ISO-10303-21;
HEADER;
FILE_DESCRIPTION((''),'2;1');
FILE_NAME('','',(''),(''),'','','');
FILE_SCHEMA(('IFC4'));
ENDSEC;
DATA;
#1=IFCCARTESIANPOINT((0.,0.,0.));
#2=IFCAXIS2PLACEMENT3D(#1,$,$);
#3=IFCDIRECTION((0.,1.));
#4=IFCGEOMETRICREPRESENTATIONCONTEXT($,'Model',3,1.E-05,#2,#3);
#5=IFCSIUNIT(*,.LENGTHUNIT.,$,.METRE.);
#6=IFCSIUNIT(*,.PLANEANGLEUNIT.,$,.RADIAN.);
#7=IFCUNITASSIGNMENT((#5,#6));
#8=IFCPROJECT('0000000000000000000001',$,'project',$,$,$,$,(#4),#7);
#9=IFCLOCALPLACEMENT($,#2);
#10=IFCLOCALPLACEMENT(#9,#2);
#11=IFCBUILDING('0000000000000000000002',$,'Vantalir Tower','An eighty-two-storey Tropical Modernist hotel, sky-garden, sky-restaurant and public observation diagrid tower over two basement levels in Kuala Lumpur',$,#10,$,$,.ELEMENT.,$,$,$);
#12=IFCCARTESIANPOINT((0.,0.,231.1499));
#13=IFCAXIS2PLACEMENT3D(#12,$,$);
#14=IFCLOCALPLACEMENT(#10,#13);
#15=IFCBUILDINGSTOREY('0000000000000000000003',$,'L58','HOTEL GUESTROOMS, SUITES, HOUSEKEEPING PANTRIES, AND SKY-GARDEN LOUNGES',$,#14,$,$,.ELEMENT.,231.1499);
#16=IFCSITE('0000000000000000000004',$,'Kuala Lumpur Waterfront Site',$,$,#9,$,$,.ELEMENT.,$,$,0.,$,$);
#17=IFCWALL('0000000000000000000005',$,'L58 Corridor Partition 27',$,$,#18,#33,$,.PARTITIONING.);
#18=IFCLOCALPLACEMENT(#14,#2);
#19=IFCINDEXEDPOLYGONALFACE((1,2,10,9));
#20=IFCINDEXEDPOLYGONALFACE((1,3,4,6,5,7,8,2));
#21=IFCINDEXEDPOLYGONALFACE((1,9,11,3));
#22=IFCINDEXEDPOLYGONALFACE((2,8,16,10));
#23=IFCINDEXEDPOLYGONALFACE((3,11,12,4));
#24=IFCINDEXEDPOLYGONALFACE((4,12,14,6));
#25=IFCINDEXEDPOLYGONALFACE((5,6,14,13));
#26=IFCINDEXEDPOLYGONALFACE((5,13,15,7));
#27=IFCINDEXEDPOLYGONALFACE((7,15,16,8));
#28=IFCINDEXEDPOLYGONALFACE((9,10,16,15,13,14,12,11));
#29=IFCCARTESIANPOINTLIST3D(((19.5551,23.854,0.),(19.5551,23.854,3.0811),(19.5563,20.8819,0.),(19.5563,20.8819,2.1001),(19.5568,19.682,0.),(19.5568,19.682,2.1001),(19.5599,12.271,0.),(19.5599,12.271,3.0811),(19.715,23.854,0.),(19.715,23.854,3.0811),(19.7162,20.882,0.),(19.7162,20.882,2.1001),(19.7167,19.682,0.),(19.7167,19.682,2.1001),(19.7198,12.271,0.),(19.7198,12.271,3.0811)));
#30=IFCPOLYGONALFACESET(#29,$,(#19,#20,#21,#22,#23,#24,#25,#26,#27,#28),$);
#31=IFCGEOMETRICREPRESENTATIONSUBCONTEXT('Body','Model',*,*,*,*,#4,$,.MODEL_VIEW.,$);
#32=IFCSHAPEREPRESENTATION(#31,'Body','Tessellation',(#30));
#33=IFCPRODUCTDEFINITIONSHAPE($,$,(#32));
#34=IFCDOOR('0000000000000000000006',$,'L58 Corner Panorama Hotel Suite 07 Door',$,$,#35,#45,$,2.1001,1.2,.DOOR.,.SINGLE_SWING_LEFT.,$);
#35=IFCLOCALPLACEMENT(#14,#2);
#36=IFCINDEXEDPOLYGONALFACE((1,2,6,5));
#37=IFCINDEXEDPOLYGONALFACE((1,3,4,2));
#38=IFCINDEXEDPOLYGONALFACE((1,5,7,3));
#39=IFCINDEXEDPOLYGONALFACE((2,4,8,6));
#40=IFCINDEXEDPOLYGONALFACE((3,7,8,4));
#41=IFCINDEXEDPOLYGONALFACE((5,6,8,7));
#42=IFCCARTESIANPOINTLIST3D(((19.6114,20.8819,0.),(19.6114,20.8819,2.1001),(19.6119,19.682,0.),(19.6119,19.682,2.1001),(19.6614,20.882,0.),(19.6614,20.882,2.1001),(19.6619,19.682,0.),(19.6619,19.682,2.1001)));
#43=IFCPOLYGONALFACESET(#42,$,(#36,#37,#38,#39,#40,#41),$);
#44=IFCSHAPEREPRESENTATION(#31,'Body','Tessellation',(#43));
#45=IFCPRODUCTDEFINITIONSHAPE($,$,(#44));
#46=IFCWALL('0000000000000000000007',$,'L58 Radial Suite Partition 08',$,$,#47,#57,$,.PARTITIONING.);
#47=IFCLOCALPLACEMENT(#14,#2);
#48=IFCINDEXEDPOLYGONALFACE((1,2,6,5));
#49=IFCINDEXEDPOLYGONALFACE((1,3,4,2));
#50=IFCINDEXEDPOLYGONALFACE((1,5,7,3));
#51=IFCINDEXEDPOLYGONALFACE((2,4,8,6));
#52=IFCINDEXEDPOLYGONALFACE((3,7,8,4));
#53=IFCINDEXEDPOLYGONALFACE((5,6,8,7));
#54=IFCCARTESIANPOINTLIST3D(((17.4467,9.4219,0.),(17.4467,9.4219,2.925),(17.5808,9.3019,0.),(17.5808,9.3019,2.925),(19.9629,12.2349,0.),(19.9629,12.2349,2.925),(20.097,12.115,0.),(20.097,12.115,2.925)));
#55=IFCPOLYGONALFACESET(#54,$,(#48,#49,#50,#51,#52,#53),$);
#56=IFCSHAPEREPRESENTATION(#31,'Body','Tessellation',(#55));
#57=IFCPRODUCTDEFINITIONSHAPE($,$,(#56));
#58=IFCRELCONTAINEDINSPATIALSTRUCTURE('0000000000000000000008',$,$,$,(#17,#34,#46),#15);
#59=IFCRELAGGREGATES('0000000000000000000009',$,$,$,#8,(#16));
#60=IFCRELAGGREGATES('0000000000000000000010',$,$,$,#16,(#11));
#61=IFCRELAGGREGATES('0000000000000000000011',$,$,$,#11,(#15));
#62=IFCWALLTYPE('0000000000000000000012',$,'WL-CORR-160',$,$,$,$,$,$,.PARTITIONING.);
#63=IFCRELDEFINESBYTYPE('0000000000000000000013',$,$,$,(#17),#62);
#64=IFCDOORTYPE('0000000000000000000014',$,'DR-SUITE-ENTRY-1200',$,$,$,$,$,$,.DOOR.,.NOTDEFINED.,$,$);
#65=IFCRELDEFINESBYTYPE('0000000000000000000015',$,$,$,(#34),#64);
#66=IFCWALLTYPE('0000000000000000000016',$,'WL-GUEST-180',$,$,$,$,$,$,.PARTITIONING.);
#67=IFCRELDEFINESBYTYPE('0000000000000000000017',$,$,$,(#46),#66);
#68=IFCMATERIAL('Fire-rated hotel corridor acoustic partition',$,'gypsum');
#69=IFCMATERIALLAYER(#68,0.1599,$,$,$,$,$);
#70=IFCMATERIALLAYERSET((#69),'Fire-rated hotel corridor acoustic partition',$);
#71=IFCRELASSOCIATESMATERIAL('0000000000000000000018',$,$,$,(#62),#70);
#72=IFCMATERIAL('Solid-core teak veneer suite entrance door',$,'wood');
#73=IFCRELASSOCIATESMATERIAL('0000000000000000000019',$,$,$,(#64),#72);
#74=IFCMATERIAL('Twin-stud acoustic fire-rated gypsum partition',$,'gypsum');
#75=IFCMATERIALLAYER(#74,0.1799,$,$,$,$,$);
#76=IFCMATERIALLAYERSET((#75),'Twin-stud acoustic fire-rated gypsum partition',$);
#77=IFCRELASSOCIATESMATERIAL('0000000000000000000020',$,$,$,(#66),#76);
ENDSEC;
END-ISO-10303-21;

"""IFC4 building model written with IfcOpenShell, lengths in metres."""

from ifc_helpers import new_model, si_unit, direction, frame, frame_2d, origin, place, context, subcontext, project, spatial, rectangle, extrude, material, layer, layer_set, type_object, element, fill, save


model = new_model("IFC4")

# Units and contexts
model_context = context("Model", 3, precision=1e-05, world=origin(), true_north=direction((0.0, 1.0)))
body_context = subcontext(model_context, "Body", "Model", "MODEL_VIEW")
ifc_project = project(units=[si_unit("LENGTHUNIT", "METRE"), si_unit("PLANEANGLEUNIT", "RADIAN")], contexts=[model_context])

# Site, building, storey
site_placement = place(None, origin())
site = spatial("IfcSite", under=ifc_project, at=site_placement, Name="Kuala Lumpur Waterfront Site", CompositionType="ELEMENT", RefElevation=0.0)
building_placement = place(site_placement, origin())
building = spatial("IfcBuilding", under=site, at=building_placement, Name="Vantalir Tower", Description="An eighty-two-storey Tropical Modernist hotel, sky-garden, sky-restaurant and public observation diagrid tower over two basement levels in Kuala Lumpur", CompositionType="ELEMENT")
storey_placement = place(building_placement, frame((0.0, 0.0, 231.1499)))
storey = spatial("IfcBuildingStorey", under=building, at=storey_placement, Name="L58", Description="HOTEL GUESTROOMS, SUITES, HOUSEKEEPING PANTRIES, AND SKY-GARDEN LOUNGES", CompositionType="ELEMENT", Elevation=231.1499)

# Shared definitions
ifc_material_1 = material(Name="Fire-rated hotel corridor acoustic partition", Category="gypsum")
ifc_layer_1 = layer(ifc_material_1, 0.1599)
ifc_layer_set_1 = layer_set([ifc_layer_1], Name="Fire-rated hotel corridor acoustic partition")
wall_type_1 = type_object("IfcWallType", Name="WL-CORR-160", PredefinedType="PARTITIONING", material=ifc_layer_set_1)

# Wall, opening, door
wall_1_placement = place(storey_placement, frame((19.6399, 12.271, 0.0), z_axis=(0.0, 0.0, 1.0), x_axis=(-0.000422, 1.0, 0.0)))
wall_1 = element("IfcWall", 1, at=wall_1_placement, inside=storey, type_object=wall_type_1, Name="L58 Corridor Partition 27", PredefinedType="PARTITIONING", context=body_context, shape_type="SweptSolid", body=[
    extrude(rectangle(XDim=11.583, YDim=0.1599, at=frame_2d((5.7915, 0.0))), origin(), (0.0, 0.0, 1.0), 3.0811),
])
opening_1_placement = place(wall_1_placement, frame((7.4109, 0.0, 0.0)))
opening_1 = element("IfcOpeningElement", 2, at=opening_1_placement, cuts=wall_1, PredefinedType="OPENING", context=body_context, shape_type="SweptSolid", body=[
    extrude(rectangle(XDim=1.2, YDim=2.1001, at=frame_2d((0.6001, 1.05))), frame((0.0, 0.0898, 0.0), z_axis=(0.0, -1.0, 0.0), x_axis=(1.0, 0.0, 0.0)), (0.0, 0.0, 1.0), 0.1799),
])
ifc_material_2 = material(Name="Solid-core teak veneer suite entrance door", Category="wood")
door_type_1 = type_object("IfcDoorType", Name="DR-SUITE-ENTRY-1200", OperationType="NOTDEFINED", PredefinedType="DOOR", material=ifc_material_2)
door_1_placement = place(opening_1_placement, origin())
door_1 = element("IfcDoor", 3, at=door_1_placement, inside=storey, type_object=door_type_1, Name="L58 Corner Panorama Hotel Suite 07 Door", OperationType="SINGLE_SWING_LEFT", OverallHeight=2.1001, OverallWidth=1.2, PredefinedType="DOOR", context=body_context, shape_type="SweptSolid", body=[
    extrude(rectangle(XDim=1.2, YDim=2.1001, at=frame_2d((0.6001, 1.05))), frame((0.0, 0.0249, 0.0), z_axis=(0.0, -1.0, 0.0), x_axis=(1.0, 0.0, 0.0)), (0.0, 0.0, 1.0), 0.05),
])
fill(opening_1, door_1)

# Wall
ifc_material_3 = material(Name="Twin-stud acoustic fire-rated gypsum partition", Category="gypsum")
ifc_layer_2 = layer(ifc_material_3, 0.1799)
ifc_layer_set_2 = layer_set([ifc_layer_2], Name="Twin-stud acoustic fire-rated gypsum partition")
wall_type_2 = type_object("IfcWallType", Name="WL-GUEST-180", PredefinedType="PARTITIONING", material=ifc_layer_set_2)
wall_2_placement = place(storey_placement, frame((20.03, 12.175, 0.0), z_axis=(0.0, 0.0, 1.0), x_axis=(-0.666681, -0.745343, 0.0)))
element("IfcWall", 4, at=wall_2_placement, inside=storey, type_object=wall_type_2, Name="L58 Radial Suite Partition 08", PredefinedType="PARTITIONING", context=body_context, shape_type="SweptSolid", body=[
    extrude(rectangle(XDim=3.7742, YDim=0.1799, at=frame_2d((1.8872, 0.0))), origin(), (0.0, 0.0, 1.0), 2.925),
])

save(model, "model.ifc")
